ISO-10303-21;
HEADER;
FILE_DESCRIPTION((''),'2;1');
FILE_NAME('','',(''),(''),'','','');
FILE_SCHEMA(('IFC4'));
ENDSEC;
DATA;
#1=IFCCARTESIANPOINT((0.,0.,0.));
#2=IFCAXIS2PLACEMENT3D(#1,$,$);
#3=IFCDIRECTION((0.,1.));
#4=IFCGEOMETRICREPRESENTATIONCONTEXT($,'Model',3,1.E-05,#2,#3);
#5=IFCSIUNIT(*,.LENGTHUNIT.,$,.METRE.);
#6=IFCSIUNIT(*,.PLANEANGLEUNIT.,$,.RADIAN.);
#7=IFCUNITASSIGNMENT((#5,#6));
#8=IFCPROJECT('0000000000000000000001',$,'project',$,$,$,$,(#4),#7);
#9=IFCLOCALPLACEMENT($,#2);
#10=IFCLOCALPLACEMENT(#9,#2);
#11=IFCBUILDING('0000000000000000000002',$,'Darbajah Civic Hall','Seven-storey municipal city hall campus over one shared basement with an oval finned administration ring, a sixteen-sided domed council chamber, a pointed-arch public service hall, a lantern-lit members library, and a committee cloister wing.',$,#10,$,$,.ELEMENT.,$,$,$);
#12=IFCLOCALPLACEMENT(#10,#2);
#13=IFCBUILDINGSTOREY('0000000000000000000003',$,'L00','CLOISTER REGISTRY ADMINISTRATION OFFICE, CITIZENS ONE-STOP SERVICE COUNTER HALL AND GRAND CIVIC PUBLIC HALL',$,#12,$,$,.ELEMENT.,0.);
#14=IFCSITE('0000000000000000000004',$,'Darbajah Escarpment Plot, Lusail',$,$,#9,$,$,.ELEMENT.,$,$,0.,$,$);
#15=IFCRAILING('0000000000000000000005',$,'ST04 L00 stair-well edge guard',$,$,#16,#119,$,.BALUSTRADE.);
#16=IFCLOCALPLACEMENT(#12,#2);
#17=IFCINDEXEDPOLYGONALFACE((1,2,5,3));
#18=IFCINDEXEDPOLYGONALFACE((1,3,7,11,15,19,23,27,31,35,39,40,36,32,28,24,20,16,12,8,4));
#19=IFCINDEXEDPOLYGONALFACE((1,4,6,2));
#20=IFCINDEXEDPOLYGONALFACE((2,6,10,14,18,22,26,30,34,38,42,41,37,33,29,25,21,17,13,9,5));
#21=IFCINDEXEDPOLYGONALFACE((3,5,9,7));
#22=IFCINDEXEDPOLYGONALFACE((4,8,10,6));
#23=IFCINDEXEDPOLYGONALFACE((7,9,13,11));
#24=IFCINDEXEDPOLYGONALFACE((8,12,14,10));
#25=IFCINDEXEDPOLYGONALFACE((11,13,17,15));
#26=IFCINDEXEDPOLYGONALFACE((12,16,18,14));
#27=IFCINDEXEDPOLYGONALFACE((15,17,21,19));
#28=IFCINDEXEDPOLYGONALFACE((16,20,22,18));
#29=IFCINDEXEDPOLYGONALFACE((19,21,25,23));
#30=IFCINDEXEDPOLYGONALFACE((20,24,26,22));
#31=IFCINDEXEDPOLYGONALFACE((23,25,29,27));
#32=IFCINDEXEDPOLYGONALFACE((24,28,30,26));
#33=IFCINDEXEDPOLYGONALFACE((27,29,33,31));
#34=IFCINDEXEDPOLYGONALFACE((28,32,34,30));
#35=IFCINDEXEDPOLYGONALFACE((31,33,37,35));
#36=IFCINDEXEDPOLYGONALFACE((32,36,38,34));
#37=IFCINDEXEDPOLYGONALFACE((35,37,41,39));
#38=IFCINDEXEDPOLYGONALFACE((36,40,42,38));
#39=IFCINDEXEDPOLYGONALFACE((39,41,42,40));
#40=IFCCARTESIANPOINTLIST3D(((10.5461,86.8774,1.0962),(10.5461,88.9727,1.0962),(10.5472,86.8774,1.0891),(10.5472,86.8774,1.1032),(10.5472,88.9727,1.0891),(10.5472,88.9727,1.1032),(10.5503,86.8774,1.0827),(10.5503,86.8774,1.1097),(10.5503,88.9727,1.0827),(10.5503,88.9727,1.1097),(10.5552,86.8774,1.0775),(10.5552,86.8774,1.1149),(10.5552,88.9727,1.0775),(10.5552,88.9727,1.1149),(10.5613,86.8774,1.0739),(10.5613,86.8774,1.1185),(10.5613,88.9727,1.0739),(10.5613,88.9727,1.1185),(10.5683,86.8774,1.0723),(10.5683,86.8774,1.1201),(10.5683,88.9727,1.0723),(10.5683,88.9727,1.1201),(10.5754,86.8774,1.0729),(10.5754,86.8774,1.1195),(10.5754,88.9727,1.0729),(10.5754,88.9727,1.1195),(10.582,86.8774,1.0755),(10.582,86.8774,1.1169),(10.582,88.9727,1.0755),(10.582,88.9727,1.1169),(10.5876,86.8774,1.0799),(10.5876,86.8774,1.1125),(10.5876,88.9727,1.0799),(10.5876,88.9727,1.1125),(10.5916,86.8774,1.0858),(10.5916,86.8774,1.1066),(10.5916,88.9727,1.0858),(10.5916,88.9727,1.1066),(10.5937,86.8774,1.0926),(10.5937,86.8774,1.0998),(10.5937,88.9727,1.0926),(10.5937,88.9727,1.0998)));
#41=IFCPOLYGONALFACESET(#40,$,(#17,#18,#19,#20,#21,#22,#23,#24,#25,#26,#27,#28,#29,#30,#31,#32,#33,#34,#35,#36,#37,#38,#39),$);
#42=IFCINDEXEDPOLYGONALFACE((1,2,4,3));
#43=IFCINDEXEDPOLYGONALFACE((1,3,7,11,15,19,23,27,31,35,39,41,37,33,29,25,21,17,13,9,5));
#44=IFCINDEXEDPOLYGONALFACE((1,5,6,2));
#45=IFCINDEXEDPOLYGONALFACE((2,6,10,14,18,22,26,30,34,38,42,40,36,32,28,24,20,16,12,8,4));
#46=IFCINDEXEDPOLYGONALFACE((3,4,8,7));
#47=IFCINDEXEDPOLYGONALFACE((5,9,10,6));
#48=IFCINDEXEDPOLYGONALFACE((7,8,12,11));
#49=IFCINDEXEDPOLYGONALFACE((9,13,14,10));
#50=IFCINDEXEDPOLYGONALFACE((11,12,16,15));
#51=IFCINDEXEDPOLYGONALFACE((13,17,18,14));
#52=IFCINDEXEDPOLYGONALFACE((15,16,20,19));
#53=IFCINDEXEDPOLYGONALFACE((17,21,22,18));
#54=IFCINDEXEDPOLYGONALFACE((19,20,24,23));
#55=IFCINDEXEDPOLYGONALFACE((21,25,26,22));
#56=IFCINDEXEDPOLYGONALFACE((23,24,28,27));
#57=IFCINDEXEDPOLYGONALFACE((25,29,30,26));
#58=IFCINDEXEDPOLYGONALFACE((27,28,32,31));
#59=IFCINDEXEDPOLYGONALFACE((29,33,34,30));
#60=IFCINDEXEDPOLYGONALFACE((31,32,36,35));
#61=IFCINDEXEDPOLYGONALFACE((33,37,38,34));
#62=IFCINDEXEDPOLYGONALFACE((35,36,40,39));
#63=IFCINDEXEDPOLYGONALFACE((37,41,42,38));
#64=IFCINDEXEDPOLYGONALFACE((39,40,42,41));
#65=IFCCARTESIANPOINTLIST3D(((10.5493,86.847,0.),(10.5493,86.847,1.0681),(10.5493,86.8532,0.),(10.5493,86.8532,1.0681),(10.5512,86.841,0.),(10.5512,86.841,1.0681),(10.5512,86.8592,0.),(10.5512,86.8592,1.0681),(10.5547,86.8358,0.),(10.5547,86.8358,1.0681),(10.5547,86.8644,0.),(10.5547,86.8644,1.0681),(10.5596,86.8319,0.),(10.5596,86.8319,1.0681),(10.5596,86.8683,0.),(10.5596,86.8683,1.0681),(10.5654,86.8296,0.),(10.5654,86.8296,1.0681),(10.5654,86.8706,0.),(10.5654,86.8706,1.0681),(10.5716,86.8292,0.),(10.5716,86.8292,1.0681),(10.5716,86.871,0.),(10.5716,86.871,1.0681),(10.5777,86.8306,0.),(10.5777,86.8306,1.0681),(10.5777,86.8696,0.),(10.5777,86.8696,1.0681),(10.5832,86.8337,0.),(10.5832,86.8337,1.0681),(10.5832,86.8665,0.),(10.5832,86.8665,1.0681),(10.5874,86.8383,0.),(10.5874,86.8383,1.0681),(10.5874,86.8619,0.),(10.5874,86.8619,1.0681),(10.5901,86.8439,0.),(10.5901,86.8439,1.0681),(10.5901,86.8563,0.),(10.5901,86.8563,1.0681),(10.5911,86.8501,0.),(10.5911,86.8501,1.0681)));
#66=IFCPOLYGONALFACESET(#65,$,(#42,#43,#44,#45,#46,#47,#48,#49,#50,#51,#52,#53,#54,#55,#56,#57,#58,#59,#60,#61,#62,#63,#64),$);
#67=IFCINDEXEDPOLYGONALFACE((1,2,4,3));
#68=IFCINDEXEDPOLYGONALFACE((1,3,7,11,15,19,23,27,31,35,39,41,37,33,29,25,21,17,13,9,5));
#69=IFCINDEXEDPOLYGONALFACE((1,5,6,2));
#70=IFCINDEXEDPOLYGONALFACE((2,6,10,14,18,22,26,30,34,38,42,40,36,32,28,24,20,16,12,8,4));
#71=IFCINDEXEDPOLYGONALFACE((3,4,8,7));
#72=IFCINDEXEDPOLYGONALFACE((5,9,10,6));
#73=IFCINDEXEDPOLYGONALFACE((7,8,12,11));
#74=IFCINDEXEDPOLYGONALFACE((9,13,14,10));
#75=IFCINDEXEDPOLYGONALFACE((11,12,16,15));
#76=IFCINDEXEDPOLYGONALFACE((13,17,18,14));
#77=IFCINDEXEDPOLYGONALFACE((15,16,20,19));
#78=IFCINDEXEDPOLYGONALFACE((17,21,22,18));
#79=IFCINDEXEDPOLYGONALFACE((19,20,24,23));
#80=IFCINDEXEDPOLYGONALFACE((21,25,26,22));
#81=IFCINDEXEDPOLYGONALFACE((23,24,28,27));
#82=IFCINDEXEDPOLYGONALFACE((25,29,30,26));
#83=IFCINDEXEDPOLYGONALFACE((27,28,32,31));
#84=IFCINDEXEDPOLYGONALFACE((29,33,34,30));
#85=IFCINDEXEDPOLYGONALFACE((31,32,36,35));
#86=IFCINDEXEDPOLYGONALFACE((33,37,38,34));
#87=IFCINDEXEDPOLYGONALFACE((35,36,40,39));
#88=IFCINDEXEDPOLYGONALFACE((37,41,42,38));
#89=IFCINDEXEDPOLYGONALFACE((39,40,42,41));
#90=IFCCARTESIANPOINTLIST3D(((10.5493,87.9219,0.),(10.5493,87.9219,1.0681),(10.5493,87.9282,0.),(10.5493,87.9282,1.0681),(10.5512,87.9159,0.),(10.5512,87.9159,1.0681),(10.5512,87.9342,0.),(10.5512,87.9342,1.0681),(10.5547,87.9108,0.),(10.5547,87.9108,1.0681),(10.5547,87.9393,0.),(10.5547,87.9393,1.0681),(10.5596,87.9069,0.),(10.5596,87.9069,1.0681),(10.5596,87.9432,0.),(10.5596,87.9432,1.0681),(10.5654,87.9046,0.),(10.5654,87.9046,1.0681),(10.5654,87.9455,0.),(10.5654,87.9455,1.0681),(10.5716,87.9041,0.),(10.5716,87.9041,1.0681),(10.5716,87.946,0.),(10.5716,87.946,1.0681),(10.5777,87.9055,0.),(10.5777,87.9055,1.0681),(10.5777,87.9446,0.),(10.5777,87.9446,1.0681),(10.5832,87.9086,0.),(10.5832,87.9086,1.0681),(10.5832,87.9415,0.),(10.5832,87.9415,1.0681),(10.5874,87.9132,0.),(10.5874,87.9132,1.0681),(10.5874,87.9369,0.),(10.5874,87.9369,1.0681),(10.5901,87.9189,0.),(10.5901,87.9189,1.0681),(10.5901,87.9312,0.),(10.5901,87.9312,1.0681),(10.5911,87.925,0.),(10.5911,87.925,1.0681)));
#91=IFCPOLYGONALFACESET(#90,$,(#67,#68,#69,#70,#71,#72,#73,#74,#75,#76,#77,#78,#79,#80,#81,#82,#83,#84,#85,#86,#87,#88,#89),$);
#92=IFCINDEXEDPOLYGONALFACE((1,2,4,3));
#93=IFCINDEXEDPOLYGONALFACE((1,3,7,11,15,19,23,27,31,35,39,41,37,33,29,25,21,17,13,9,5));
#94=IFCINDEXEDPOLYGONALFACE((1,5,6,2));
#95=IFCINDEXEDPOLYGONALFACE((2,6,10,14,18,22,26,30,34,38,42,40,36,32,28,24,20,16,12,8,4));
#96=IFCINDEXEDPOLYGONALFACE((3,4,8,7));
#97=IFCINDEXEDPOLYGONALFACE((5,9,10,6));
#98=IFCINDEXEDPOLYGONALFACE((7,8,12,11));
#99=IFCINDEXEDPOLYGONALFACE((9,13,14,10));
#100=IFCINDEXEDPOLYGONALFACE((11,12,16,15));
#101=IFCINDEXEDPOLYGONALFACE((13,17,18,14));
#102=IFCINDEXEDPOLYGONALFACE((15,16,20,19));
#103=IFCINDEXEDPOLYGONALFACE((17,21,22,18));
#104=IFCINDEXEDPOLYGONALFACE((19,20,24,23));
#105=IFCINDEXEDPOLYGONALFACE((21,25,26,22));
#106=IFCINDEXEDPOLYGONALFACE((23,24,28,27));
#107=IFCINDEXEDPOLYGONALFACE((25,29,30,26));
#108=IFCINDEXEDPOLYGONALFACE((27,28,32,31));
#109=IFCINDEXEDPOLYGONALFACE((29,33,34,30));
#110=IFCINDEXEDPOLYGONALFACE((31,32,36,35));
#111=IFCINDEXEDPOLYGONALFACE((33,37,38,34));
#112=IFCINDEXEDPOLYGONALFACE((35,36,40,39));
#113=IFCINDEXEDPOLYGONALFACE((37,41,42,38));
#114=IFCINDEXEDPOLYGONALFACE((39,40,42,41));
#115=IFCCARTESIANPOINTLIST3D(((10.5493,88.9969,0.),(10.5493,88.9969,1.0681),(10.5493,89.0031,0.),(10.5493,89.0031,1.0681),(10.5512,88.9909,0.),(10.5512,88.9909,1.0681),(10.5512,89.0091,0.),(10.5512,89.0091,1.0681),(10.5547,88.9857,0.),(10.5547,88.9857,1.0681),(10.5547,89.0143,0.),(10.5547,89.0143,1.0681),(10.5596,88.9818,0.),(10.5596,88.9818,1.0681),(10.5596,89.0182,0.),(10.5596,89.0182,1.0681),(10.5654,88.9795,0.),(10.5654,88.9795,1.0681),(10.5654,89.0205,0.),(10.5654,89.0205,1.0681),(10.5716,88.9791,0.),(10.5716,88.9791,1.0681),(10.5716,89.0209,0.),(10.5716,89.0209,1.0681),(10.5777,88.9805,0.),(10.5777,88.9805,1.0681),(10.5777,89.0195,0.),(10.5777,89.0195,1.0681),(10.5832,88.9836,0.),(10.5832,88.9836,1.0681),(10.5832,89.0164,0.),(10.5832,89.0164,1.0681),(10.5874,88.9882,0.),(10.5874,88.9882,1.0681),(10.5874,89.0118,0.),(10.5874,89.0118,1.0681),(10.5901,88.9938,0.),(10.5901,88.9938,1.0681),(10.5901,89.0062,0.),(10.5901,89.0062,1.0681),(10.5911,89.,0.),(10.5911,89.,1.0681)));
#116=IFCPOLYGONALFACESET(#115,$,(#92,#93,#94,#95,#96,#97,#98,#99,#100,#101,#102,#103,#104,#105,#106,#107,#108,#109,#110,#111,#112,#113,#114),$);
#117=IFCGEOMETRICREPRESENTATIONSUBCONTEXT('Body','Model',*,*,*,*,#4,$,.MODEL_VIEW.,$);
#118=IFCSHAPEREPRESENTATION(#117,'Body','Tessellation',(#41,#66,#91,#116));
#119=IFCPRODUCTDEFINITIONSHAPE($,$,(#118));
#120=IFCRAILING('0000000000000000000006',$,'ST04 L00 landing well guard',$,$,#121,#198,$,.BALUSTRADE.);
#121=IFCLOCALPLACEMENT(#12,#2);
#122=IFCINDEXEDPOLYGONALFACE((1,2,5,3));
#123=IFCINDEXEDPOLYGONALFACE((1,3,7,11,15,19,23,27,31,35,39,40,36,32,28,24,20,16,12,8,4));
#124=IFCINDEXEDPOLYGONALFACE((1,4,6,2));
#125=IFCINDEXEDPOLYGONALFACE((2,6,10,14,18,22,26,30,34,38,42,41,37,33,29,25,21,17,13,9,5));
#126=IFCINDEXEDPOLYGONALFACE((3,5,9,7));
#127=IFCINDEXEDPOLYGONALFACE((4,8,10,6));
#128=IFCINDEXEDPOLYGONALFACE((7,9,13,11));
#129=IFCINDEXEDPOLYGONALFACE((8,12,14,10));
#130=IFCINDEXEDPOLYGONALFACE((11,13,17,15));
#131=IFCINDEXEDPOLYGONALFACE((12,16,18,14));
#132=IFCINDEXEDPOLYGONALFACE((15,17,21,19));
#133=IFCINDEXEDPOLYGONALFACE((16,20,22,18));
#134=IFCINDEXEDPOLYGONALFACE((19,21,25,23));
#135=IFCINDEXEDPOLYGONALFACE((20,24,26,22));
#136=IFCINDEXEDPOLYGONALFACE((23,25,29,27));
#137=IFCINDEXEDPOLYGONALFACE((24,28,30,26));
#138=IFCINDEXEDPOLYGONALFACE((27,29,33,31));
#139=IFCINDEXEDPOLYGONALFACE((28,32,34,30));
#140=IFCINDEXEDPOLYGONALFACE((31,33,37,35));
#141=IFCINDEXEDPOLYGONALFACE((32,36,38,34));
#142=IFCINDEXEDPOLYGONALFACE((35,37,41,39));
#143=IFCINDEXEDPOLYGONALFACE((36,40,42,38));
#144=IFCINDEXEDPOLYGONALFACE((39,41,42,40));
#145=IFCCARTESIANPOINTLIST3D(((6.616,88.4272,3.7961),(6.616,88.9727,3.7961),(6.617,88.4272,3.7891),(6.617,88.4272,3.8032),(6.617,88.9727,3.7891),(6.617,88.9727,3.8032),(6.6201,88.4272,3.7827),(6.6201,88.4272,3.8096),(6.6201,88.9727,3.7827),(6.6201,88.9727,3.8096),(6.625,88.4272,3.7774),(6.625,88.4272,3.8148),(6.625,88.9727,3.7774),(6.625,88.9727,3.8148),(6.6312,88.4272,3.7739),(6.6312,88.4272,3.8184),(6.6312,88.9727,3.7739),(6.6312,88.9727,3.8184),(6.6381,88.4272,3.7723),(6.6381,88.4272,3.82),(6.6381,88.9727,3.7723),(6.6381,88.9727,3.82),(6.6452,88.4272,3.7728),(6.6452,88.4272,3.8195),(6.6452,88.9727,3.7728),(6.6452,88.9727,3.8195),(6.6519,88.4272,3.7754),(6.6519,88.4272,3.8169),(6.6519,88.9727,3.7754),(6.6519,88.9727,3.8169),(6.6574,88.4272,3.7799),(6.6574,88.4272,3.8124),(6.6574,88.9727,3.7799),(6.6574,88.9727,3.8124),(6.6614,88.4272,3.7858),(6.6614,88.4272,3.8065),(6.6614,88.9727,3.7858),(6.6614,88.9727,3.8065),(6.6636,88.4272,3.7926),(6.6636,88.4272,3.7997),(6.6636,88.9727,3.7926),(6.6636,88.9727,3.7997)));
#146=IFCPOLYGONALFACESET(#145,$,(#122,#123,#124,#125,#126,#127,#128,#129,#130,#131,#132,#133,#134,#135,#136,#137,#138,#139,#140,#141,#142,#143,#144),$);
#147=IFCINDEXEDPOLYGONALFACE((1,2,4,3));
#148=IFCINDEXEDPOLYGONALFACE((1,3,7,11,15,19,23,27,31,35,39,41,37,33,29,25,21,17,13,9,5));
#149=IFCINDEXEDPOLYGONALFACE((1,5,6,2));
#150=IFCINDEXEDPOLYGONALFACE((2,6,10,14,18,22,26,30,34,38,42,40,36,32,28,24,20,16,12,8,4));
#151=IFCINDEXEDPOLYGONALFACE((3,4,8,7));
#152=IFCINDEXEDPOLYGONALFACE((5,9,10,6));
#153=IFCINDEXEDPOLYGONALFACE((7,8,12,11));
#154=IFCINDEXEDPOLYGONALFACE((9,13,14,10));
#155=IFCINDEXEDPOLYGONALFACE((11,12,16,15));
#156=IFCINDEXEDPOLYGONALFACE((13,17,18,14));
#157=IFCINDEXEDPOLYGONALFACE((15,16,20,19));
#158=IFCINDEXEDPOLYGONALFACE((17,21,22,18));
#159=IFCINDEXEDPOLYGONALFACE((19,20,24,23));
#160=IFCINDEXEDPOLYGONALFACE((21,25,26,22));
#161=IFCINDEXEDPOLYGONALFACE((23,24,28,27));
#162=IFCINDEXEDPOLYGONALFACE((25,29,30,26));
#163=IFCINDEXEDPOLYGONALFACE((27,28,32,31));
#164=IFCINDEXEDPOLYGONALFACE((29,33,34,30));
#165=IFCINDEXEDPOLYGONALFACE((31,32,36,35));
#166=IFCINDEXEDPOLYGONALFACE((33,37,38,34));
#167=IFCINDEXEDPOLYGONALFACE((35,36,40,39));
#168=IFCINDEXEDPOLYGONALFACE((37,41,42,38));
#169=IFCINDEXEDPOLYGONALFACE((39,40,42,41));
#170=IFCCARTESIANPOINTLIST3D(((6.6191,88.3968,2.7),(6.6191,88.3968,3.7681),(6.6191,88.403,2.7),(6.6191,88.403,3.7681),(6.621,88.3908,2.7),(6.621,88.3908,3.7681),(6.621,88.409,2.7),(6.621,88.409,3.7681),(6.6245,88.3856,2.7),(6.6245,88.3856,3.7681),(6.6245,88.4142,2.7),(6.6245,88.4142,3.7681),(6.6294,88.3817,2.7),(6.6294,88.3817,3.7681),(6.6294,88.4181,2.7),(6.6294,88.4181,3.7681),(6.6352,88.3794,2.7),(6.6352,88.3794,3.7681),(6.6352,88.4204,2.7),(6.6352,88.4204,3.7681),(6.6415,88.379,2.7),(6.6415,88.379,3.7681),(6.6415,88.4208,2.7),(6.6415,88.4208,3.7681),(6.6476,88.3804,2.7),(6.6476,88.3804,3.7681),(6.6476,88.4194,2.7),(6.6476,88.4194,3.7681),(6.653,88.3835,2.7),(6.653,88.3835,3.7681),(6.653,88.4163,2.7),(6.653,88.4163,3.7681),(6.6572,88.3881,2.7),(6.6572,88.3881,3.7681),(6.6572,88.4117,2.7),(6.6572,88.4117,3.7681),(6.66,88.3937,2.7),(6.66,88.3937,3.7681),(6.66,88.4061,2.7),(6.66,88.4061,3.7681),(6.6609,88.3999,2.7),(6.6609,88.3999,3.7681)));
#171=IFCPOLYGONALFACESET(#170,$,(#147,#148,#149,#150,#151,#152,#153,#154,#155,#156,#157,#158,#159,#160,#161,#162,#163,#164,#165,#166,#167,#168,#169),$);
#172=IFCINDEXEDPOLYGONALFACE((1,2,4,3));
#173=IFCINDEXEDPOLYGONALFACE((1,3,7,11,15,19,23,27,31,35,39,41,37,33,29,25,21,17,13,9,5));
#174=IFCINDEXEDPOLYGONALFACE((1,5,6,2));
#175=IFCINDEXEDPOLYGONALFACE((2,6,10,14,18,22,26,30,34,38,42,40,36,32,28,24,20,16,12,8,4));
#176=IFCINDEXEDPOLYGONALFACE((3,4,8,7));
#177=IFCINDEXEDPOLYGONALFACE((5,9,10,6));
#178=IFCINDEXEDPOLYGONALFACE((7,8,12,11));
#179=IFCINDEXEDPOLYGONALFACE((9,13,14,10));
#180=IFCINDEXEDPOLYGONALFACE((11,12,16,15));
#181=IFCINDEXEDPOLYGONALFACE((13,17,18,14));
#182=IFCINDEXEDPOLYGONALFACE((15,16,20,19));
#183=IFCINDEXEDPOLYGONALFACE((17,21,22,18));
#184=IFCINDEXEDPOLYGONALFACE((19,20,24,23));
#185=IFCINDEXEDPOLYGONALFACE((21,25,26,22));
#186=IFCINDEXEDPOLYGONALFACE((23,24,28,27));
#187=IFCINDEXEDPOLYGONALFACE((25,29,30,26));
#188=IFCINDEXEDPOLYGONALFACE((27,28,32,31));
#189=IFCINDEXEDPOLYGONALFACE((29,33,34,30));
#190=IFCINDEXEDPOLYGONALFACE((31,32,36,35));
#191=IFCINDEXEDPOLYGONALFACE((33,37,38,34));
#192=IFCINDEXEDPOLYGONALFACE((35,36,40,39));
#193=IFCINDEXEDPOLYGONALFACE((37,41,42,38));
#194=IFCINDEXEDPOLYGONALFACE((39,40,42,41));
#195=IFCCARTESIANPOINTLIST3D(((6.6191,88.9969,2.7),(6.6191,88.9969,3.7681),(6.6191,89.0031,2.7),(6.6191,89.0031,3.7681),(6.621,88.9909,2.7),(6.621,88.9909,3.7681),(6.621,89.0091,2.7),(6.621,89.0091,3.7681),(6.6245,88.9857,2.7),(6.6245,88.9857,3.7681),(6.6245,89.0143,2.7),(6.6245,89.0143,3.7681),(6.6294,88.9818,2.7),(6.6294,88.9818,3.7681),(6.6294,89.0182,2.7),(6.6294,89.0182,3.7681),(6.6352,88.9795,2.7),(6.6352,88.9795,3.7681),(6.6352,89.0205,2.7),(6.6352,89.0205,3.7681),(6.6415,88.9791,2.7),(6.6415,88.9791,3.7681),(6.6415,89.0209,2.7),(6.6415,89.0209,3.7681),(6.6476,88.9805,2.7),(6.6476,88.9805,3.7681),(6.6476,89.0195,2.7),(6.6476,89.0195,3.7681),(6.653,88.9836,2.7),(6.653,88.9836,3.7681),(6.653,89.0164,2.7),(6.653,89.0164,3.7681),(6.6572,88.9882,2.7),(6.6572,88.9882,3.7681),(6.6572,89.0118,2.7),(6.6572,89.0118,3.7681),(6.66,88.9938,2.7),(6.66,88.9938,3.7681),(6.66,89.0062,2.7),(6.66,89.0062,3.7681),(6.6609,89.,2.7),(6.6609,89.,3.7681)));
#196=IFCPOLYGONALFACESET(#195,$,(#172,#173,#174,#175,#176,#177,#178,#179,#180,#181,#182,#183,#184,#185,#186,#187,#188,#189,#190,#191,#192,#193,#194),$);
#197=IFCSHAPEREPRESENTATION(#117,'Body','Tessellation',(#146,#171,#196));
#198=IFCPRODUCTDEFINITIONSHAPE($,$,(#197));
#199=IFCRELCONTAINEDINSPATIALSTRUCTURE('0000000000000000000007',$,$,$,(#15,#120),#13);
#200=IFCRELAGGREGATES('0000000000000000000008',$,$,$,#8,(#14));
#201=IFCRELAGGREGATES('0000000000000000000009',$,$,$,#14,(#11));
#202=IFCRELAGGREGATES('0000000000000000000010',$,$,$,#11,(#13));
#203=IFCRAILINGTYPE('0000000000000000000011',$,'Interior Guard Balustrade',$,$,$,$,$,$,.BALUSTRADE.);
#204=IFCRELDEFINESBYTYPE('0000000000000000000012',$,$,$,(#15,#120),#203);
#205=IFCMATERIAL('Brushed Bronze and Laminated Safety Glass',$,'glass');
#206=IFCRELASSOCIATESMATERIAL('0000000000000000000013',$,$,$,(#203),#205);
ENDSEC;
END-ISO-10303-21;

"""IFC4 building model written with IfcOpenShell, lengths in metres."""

from ifc_helpers import new_model, si_unit, direction, frame, origin, origin_2d, place, context, subcontext, project, spatial, circle, extrude, material, type_object, element, save


model = new_model("IFC4")

# Units and contexts
model_context = context("Model", 3, precision=1e-05, world=origin(), true_north=direction((0.0, 1.0)))
body_context = subcontext(model_context, "Body", "Model", "MODEL_VIEW")
ifc_project = project(units=[si_unit("LENGTHUNIT", "METRE"), si_unit("PLANEANGLEUNIT", "RADIAN")], contexts=[model_context])

# Site, building, storey
site_placement = place(None, origin())
site = spatial("IfcSite", under=ifc_project, at=site_placement, Name="Darbajah Escarpment Plot, Lusail", CompositionType="ELEMENT", RefElevation=0.0)
building_placement = place(site_placement, origin())
building = spatial("IfcBuilding", under=site, at=building_placement, Name="Darbajah Civic Hall", Description="Seven-storey municipal city hall campus over one shared basement with an oval finned administration ring, a sixteen-sided domed council chamber, a pointed-arch public service hall, a lantern-lit members library, and a committee cloister wing.", CompositionType="ELEMENT")
storey_placement = place(building_placement, origin())
storey = spatial("IfcBuildingStorey", under=building, at=storey_placement, Name="L00", Description="CLOISTER REGISTRY ADMINISTRATION OFFICE, CITIZENS ONE-STOP SERVICE COUNTER HALL AND GRAND CIVIC PUBLIC HALL", CompositionType="ELEMENT", Elevation=0.0)

# Railings
ifc_material_1 = material(Name="Brushed Bronze and Laminated Safety Glass", Category="glass")
railing_type_1 = type_object("IfcRailingType", Name="Interior Guard Balustrade", PredefinedType="BALUSTRADE", material=ifc_material_1)
railing_1_placement = place(storey_placement, frame((10.5701, 86.8501, 0.0)))
element("IfcRailing", 1, at=railing_1_placement, inside=storey, type_object=railing_type_1, Name="ST04 L00 stair-well edge guard", PredefinedType="BALUSTRADE", context=body_context, shape_type="SweptSolid", body=[
    extrude(circle(Radius=0.0239, at=origin_2d()), frame((0.0, 0.0273, 1.0962), z_axis=(0.0, 1.0, 0.0), x_axis=(-1.0, 0.0, 0.0)), (0.0, 0.0, 1.0), 2.0952),
    extrude(circle(Radius=0.021, at=origin_2d()), origin(), (0.0, 0.0, 1.0), 1.0681),
    extrude(circle(Radius=0.021, at=origin_2d()), frame((0.0, 1.075, 0.0)), (0.0, 0.0, 1.0), 1.0681),
    extrude(circle(Radius=0.021, at=origin_2d()), frame((0.0, 2.1499, 0.0)), (0.0, 0.0, 1.0), 1.0681),
])
railing_2_placement = place(storey_placement, frame((6.6399, 88.3999, 2.7)))
element("IfcRailing", 2, at=railing_2_placement, inside=storey, type_object=railing_type_1, Name="ST04 L00 landing well guard", PredefinedType="BALUSTRADE", context=body_context, shape_type="SweptSolid", body=[
    extrude(circle(Radius=0.0239, at=origin_2d()), frame((0.0, 0.0273, 1.0962), z_axis=(0.0, 1.0, 0.0), x_axis=(-1.0, 0.0, 0.0)), (0.0, 0.0, 1.0), 0.5454),
    extrude(circle(Radius=0.021, at=origin_2d()), origin(), (0.0, 0.0, 1.0), 1.0681),
    extrude(circle(Radius=0.021, at=origin_2d()), frame((0.0, 0.6001, 0.0)), (0.0, 0.0, 1.0), 1.0681),
])

save(model, "model.ifc")
